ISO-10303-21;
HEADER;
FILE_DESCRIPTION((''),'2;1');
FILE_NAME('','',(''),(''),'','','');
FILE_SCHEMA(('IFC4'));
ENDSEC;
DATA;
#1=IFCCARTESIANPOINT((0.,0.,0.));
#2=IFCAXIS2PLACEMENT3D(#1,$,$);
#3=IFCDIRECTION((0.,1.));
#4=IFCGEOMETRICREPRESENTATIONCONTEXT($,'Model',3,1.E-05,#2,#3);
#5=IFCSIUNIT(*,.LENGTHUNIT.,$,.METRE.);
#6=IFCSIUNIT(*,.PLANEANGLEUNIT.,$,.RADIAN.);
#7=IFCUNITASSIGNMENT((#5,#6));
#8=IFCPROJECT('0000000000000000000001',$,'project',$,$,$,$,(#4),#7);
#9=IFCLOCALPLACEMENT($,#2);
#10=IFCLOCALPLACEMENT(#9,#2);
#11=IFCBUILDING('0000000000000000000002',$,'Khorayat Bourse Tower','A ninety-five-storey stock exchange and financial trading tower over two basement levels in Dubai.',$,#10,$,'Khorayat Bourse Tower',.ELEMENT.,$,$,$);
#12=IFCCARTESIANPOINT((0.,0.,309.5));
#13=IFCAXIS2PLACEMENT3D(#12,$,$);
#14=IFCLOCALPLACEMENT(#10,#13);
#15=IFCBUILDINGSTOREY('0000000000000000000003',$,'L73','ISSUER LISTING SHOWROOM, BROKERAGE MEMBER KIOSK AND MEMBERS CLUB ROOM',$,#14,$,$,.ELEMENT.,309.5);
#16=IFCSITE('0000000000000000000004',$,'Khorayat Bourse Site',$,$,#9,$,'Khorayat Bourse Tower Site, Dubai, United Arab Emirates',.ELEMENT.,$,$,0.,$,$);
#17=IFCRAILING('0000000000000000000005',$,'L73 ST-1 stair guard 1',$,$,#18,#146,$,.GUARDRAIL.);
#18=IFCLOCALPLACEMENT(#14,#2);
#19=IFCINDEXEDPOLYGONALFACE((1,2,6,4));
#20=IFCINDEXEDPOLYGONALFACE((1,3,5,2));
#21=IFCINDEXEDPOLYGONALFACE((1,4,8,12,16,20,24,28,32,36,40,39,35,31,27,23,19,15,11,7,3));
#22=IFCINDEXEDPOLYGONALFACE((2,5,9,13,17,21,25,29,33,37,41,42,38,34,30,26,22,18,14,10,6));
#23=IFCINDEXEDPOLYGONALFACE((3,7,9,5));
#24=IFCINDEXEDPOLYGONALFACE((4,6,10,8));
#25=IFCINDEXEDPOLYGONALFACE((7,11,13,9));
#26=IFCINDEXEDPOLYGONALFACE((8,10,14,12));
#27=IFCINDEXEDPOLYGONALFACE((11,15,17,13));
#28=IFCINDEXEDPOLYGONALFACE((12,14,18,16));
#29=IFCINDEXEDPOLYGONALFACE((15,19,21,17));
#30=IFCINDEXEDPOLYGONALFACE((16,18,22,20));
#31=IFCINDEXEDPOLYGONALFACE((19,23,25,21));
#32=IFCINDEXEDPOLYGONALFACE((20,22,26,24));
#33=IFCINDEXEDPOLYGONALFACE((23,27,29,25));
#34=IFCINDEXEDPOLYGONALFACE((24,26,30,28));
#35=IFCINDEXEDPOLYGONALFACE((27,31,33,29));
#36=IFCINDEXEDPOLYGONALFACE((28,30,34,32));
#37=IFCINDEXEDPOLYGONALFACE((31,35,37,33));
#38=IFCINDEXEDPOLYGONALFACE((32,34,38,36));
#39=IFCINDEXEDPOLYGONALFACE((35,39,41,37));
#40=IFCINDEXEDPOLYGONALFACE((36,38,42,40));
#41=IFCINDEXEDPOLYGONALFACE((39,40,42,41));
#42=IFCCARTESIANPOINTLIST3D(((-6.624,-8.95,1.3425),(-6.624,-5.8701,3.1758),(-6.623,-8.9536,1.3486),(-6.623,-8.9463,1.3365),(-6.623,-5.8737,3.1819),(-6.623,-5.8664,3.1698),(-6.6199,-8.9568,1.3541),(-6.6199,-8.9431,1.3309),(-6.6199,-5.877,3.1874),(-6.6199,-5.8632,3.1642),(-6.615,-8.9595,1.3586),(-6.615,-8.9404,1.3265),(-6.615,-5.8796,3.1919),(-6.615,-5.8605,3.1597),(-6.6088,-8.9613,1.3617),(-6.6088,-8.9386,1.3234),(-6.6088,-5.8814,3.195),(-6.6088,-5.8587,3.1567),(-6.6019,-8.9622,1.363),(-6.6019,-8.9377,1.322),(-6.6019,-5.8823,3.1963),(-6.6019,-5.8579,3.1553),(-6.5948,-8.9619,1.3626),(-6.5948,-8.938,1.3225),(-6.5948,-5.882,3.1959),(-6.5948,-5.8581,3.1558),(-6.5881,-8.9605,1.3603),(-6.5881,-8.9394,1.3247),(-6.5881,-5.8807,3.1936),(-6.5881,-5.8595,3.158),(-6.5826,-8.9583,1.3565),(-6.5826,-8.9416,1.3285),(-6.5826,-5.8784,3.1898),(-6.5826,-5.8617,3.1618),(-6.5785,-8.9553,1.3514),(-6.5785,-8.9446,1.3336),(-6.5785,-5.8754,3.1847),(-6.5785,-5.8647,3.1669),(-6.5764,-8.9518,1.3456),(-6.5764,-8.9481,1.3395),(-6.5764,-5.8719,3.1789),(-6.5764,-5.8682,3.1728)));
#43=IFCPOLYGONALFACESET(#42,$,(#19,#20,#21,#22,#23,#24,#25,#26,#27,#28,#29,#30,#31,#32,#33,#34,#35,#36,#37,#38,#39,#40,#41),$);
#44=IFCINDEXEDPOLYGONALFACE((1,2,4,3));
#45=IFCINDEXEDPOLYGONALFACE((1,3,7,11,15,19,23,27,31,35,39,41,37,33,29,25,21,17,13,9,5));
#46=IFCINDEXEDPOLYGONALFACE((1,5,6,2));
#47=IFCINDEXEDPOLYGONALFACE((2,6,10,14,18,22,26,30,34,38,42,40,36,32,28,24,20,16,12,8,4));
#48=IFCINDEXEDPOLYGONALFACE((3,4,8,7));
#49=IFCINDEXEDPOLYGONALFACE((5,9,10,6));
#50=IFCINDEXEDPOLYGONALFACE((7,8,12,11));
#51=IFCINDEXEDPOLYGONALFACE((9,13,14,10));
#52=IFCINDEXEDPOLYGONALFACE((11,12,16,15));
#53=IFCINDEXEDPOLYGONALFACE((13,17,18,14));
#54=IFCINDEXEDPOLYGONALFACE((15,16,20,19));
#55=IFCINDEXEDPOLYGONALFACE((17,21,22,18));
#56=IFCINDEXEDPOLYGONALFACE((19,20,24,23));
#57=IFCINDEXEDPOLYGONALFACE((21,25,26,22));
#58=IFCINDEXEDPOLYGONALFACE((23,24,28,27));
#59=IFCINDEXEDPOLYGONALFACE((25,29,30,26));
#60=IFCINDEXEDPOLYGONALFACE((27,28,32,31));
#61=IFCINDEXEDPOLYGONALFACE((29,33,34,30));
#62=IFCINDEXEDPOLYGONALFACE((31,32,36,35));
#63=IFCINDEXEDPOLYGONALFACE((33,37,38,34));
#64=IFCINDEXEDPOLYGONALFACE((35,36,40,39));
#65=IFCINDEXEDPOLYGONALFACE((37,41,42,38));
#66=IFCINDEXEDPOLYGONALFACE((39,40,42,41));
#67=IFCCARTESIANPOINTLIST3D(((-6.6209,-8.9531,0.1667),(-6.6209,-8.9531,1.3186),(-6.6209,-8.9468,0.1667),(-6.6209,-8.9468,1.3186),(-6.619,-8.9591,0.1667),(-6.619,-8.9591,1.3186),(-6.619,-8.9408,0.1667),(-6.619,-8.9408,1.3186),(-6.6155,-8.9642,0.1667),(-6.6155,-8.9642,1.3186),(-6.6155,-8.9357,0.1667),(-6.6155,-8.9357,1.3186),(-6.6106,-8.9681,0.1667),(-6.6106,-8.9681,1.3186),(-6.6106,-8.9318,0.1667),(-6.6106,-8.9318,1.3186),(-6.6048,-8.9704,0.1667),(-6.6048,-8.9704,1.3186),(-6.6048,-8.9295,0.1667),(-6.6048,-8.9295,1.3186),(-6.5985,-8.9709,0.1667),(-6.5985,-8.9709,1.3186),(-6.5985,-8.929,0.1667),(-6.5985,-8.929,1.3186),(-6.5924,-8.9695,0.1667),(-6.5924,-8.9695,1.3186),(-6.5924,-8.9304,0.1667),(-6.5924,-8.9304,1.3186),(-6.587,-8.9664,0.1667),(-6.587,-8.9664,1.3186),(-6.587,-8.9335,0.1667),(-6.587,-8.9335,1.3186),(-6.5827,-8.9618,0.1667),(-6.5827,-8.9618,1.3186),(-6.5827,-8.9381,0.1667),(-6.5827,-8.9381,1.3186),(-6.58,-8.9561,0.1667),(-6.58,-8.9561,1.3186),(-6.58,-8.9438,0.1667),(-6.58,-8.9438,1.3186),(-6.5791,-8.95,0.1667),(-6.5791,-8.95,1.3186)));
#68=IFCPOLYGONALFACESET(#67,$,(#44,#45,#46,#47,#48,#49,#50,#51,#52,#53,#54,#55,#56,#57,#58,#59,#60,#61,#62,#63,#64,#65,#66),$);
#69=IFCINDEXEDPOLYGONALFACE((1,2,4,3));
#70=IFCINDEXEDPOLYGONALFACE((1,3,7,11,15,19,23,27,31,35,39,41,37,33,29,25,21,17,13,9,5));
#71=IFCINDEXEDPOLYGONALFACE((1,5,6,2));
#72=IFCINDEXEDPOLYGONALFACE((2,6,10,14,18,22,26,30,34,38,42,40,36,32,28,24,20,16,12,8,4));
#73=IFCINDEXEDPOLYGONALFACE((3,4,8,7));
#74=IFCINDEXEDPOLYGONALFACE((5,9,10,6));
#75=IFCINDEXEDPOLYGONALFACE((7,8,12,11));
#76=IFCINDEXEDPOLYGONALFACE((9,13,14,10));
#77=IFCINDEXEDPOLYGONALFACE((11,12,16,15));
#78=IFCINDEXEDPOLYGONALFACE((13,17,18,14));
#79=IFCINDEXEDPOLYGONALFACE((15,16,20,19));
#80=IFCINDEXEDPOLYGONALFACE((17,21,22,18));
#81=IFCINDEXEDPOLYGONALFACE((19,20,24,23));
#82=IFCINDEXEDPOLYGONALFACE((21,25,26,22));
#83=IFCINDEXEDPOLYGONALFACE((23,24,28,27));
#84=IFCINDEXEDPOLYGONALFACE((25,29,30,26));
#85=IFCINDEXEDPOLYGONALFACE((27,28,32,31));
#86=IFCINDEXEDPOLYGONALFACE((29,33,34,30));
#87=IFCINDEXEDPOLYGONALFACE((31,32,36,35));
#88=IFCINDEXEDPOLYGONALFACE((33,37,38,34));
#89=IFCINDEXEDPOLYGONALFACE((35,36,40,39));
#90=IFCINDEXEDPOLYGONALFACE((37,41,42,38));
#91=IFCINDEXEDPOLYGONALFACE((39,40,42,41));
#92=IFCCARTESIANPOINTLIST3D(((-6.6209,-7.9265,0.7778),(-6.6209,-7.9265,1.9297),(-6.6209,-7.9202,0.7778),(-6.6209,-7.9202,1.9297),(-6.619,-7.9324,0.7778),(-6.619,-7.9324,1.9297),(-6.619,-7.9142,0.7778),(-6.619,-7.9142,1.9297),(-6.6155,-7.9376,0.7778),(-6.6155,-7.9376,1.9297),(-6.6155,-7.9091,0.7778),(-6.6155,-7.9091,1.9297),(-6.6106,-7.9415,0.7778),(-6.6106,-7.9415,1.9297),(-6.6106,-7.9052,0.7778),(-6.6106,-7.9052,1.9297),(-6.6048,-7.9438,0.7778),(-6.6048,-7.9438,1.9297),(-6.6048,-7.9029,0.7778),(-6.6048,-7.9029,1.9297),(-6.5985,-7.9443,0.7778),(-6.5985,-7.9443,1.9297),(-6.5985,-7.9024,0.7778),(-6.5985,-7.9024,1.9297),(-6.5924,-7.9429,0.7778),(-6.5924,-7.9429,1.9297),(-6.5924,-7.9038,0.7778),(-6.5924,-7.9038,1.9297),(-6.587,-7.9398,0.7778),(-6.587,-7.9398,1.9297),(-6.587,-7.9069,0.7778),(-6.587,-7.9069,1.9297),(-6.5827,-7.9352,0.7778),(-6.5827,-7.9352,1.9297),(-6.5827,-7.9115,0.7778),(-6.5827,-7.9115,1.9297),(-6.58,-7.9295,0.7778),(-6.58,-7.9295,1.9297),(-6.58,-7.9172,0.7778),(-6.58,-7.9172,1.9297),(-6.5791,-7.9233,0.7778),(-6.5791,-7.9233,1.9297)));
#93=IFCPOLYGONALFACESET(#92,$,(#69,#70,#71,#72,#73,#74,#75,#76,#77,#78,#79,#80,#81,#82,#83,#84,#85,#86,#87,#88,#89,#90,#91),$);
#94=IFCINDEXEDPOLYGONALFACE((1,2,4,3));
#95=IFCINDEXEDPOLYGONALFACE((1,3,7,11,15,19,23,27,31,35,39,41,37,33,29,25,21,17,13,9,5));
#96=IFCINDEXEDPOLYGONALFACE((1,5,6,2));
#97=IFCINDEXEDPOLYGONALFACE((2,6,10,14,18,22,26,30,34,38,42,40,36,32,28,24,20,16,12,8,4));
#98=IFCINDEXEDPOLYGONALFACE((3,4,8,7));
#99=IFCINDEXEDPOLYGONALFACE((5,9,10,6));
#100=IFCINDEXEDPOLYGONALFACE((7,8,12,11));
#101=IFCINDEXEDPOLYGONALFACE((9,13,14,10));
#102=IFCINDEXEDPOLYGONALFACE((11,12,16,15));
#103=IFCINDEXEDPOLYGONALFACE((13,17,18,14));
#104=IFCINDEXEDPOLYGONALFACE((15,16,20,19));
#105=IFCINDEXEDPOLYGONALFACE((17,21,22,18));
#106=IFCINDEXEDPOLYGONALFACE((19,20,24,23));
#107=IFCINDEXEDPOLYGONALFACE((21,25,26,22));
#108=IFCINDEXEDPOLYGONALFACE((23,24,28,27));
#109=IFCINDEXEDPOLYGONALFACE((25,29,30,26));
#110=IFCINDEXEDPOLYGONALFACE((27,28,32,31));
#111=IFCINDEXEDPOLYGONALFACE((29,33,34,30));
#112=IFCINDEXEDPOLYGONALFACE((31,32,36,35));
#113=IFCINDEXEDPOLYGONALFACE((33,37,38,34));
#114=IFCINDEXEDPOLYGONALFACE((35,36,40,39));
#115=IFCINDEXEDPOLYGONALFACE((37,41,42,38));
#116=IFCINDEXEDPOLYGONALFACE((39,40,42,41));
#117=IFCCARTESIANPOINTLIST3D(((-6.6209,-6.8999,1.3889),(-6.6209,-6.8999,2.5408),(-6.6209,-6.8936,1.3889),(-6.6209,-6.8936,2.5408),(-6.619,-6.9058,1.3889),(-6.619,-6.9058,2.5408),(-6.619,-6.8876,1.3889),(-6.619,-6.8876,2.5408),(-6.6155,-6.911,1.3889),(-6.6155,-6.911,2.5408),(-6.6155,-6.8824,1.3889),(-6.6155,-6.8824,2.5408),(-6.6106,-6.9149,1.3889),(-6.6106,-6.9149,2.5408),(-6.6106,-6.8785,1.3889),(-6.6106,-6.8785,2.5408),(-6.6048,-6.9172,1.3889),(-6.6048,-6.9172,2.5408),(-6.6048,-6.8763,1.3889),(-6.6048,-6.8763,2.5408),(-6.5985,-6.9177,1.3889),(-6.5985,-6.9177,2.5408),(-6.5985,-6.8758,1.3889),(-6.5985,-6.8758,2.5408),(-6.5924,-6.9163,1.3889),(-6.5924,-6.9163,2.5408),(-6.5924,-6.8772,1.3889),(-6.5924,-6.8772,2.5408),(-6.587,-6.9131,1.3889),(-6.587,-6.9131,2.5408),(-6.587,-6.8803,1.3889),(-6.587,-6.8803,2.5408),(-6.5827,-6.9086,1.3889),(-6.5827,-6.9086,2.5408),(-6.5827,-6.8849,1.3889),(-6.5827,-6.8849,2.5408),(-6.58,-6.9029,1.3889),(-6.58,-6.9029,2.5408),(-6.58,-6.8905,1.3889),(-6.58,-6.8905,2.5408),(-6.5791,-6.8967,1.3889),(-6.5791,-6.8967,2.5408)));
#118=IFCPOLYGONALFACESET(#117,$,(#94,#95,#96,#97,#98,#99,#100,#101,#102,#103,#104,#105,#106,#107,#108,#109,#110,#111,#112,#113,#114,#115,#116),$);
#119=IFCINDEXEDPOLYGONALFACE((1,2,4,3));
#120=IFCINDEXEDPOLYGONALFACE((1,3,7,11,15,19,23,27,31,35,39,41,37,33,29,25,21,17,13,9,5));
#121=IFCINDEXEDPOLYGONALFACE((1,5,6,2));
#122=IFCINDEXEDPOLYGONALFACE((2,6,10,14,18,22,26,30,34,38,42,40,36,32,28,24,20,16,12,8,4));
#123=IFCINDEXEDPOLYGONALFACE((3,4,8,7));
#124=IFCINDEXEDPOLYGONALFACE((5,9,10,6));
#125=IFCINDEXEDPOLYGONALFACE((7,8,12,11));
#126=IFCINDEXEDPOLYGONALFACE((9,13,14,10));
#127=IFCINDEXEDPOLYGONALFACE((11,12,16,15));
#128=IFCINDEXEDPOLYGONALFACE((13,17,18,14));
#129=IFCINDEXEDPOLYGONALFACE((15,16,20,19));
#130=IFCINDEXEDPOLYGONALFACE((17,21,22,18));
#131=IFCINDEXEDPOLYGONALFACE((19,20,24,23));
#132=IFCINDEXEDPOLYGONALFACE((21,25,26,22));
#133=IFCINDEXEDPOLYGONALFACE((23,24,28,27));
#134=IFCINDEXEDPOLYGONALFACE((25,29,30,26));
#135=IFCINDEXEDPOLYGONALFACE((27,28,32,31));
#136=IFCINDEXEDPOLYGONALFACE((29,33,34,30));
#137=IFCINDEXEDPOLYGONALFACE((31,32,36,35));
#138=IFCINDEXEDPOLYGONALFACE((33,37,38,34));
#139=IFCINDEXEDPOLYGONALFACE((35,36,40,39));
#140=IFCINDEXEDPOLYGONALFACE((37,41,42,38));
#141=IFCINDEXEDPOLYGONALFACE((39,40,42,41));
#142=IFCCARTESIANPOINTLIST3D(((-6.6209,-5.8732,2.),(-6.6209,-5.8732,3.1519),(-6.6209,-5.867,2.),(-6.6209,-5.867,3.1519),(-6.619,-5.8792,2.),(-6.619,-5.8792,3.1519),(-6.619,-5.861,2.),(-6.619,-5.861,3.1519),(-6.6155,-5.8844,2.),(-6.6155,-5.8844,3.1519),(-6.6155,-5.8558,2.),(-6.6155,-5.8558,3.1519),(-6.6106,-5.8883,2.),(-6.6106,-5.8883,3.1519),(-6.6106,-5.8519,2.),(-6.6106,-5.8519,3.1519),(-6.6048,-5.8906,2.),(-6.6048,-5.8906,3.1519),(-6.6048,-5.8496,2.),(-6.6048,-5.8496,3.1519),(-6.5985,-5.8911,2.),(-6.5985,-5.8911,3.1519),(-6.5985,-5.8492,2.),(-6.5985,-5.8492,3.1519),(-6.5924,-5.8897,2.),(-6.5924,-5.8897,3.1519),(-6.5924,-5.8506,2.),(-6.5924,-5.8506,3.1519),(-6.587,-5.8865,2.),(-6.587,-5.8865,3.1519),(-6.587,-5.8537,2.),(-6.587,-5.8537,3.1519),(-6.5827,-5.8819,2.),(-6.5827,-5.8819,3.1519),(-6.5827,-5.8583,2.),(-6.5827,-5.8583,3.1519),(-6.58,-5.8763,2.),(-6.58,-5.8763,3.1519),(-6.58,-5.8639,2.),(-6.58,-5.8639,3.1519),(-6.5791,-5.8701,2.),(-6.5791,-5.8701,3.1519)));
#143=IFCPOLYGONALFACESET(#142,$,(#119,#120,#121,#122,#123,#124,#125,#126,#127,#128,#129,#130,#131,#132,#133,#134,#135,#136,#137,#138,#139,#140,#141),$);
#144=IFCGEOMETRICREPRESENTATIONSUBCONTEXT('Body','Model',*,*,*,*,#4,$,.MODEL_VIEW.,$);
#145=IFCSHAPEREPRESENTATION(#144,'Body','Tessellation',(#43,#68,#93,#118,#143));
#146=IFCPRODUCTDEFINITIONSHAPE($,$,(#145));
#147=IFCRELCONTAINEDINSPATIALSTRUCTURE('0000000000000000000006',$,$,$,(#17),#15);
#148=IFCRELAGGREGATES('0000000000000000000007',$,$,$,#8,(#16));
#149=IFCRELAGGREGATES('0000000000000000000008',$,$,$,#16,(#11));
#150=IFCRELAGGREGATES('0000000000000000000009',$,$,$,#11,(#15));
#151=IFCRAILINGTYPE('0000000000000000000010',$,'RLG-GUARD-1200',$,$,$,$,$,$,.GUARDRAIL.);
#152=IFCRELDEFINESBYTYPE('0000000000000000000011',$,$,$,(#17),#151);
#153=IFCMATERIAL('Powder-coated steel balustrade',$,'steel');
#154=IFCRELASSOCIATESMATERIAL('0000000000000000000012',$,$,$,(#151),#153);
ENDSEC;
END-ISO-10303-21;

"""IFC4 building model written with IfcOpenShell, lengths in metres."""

from ifc_helpers import new_model, si_unit, direction, frame, origin, origin_2d, place, context, subcontext, project, spatial, circle, extrude, source, transform, mapped, material, type_object, element, save


model = new_model("IFC4")

# Units and contexts
model_context = context("Model", 3, precision=1e-05, world=origin(), true_north=direction((0.0, 1.0)))
body_context = subcontext(model_context, "Body", "Model", "MODEL_VIEW")
ifc_project = project(units=[si_unit("LENGTHUNIT", "METRE"), si_unit("PLANEANGLEUNIT", "RADIAN")], contexts=[model_context])

# Site, building, storey
site_placement = place(None, origin())
site = spatial("IfcSite", under=ifc_project, at=site_placement, Name="Khorayat Bourse Site", LongName="Khorayat Bourse Tower Site, Dubai, United Arab Emirates", CompositionType="ELEMENT", RefElevation=0.0)
building_placement = place(site_placement, origin())
building = spatial("IfcBuilding", under=site, at=building_placement, Name="Khorayat Bourse Tower", Description="A ninety-five-storey stock exchange and financial trading tower over two basement levels in Dubai.", LongName="Khorayat Bourse Tower", CompositionType="ELEMENT")
storey_placement = place(building_placement, frame((0.0, 0.0, 309.5)))
storey = spatial("IfcBuildingStorey", under=building, at=storey_placement, Name="L73", Description="ISSUER LISTING SHOWROOM, BROKERAGE MEMBER KIOSK AND MEMBERS CLUB ROOM", CompositionType="ELEMENT", Elevation=309.5)

# Railing
ifc_material_1 = material(Name="Powder-coated steel balustrade", Category="steel")
railing_type_1 = type_object("IfcRailingType", Name="RLG-GUARD-1200", PredefinedType="GUARDRAIL", material=ifc_material_1)
shared_shape_1 = source(origin(), body_context, "Body", "SweptSolid", [
    extrude(circle(Radius=0.0239, at=origin_2d()), frame((0.0, 0.0, 1.1758), z_axis=(0.0, 0.859291, 0.511487), x_axis=(-1.0, 0.0, 0.0)), (0.0, 0.0, 1.0), 3.5842),
    extrude(circle(Radius=0.021, at=origin_2d()), origin(), (0.0, 0.0, 1.0), 1.1519),
    extrude(circle(Radius=0.021, at=origin_2d()), frame((0.0, 1.0266, 0.6111)), (0.0, 0.0, 1.0), 1.1519),
    extrude(circle(Radius=0.021, at=origin_2d()), frame((0.0, 2.0532, 1.2222)), (0.0, 0.0, 1.0), 1.1519),
    extrude(circle(Radius=0.021, at=origin_2d()), frame((0.0, 3.0798, 1.8333)), (0.0, 0.0, 1.0), 1.1519),
])
railing_1_placement = place(storey_placement, frame((-6.6001, -8.95, 0.1667)))
element("IfcRailing", 1, at=railing_1_placement, inside=storey, type_object=railing_type_1, Name="L73 ST-1 stair guard 1", PredefinedType="GUARDRAIL", context=body_context, shape_type="MappedRepresentation", body=[
    mapped(shared_shape_1, transform((0.0, 0.0, 0.0), scale=1.0)),
])

save(model, "model.ifc")
